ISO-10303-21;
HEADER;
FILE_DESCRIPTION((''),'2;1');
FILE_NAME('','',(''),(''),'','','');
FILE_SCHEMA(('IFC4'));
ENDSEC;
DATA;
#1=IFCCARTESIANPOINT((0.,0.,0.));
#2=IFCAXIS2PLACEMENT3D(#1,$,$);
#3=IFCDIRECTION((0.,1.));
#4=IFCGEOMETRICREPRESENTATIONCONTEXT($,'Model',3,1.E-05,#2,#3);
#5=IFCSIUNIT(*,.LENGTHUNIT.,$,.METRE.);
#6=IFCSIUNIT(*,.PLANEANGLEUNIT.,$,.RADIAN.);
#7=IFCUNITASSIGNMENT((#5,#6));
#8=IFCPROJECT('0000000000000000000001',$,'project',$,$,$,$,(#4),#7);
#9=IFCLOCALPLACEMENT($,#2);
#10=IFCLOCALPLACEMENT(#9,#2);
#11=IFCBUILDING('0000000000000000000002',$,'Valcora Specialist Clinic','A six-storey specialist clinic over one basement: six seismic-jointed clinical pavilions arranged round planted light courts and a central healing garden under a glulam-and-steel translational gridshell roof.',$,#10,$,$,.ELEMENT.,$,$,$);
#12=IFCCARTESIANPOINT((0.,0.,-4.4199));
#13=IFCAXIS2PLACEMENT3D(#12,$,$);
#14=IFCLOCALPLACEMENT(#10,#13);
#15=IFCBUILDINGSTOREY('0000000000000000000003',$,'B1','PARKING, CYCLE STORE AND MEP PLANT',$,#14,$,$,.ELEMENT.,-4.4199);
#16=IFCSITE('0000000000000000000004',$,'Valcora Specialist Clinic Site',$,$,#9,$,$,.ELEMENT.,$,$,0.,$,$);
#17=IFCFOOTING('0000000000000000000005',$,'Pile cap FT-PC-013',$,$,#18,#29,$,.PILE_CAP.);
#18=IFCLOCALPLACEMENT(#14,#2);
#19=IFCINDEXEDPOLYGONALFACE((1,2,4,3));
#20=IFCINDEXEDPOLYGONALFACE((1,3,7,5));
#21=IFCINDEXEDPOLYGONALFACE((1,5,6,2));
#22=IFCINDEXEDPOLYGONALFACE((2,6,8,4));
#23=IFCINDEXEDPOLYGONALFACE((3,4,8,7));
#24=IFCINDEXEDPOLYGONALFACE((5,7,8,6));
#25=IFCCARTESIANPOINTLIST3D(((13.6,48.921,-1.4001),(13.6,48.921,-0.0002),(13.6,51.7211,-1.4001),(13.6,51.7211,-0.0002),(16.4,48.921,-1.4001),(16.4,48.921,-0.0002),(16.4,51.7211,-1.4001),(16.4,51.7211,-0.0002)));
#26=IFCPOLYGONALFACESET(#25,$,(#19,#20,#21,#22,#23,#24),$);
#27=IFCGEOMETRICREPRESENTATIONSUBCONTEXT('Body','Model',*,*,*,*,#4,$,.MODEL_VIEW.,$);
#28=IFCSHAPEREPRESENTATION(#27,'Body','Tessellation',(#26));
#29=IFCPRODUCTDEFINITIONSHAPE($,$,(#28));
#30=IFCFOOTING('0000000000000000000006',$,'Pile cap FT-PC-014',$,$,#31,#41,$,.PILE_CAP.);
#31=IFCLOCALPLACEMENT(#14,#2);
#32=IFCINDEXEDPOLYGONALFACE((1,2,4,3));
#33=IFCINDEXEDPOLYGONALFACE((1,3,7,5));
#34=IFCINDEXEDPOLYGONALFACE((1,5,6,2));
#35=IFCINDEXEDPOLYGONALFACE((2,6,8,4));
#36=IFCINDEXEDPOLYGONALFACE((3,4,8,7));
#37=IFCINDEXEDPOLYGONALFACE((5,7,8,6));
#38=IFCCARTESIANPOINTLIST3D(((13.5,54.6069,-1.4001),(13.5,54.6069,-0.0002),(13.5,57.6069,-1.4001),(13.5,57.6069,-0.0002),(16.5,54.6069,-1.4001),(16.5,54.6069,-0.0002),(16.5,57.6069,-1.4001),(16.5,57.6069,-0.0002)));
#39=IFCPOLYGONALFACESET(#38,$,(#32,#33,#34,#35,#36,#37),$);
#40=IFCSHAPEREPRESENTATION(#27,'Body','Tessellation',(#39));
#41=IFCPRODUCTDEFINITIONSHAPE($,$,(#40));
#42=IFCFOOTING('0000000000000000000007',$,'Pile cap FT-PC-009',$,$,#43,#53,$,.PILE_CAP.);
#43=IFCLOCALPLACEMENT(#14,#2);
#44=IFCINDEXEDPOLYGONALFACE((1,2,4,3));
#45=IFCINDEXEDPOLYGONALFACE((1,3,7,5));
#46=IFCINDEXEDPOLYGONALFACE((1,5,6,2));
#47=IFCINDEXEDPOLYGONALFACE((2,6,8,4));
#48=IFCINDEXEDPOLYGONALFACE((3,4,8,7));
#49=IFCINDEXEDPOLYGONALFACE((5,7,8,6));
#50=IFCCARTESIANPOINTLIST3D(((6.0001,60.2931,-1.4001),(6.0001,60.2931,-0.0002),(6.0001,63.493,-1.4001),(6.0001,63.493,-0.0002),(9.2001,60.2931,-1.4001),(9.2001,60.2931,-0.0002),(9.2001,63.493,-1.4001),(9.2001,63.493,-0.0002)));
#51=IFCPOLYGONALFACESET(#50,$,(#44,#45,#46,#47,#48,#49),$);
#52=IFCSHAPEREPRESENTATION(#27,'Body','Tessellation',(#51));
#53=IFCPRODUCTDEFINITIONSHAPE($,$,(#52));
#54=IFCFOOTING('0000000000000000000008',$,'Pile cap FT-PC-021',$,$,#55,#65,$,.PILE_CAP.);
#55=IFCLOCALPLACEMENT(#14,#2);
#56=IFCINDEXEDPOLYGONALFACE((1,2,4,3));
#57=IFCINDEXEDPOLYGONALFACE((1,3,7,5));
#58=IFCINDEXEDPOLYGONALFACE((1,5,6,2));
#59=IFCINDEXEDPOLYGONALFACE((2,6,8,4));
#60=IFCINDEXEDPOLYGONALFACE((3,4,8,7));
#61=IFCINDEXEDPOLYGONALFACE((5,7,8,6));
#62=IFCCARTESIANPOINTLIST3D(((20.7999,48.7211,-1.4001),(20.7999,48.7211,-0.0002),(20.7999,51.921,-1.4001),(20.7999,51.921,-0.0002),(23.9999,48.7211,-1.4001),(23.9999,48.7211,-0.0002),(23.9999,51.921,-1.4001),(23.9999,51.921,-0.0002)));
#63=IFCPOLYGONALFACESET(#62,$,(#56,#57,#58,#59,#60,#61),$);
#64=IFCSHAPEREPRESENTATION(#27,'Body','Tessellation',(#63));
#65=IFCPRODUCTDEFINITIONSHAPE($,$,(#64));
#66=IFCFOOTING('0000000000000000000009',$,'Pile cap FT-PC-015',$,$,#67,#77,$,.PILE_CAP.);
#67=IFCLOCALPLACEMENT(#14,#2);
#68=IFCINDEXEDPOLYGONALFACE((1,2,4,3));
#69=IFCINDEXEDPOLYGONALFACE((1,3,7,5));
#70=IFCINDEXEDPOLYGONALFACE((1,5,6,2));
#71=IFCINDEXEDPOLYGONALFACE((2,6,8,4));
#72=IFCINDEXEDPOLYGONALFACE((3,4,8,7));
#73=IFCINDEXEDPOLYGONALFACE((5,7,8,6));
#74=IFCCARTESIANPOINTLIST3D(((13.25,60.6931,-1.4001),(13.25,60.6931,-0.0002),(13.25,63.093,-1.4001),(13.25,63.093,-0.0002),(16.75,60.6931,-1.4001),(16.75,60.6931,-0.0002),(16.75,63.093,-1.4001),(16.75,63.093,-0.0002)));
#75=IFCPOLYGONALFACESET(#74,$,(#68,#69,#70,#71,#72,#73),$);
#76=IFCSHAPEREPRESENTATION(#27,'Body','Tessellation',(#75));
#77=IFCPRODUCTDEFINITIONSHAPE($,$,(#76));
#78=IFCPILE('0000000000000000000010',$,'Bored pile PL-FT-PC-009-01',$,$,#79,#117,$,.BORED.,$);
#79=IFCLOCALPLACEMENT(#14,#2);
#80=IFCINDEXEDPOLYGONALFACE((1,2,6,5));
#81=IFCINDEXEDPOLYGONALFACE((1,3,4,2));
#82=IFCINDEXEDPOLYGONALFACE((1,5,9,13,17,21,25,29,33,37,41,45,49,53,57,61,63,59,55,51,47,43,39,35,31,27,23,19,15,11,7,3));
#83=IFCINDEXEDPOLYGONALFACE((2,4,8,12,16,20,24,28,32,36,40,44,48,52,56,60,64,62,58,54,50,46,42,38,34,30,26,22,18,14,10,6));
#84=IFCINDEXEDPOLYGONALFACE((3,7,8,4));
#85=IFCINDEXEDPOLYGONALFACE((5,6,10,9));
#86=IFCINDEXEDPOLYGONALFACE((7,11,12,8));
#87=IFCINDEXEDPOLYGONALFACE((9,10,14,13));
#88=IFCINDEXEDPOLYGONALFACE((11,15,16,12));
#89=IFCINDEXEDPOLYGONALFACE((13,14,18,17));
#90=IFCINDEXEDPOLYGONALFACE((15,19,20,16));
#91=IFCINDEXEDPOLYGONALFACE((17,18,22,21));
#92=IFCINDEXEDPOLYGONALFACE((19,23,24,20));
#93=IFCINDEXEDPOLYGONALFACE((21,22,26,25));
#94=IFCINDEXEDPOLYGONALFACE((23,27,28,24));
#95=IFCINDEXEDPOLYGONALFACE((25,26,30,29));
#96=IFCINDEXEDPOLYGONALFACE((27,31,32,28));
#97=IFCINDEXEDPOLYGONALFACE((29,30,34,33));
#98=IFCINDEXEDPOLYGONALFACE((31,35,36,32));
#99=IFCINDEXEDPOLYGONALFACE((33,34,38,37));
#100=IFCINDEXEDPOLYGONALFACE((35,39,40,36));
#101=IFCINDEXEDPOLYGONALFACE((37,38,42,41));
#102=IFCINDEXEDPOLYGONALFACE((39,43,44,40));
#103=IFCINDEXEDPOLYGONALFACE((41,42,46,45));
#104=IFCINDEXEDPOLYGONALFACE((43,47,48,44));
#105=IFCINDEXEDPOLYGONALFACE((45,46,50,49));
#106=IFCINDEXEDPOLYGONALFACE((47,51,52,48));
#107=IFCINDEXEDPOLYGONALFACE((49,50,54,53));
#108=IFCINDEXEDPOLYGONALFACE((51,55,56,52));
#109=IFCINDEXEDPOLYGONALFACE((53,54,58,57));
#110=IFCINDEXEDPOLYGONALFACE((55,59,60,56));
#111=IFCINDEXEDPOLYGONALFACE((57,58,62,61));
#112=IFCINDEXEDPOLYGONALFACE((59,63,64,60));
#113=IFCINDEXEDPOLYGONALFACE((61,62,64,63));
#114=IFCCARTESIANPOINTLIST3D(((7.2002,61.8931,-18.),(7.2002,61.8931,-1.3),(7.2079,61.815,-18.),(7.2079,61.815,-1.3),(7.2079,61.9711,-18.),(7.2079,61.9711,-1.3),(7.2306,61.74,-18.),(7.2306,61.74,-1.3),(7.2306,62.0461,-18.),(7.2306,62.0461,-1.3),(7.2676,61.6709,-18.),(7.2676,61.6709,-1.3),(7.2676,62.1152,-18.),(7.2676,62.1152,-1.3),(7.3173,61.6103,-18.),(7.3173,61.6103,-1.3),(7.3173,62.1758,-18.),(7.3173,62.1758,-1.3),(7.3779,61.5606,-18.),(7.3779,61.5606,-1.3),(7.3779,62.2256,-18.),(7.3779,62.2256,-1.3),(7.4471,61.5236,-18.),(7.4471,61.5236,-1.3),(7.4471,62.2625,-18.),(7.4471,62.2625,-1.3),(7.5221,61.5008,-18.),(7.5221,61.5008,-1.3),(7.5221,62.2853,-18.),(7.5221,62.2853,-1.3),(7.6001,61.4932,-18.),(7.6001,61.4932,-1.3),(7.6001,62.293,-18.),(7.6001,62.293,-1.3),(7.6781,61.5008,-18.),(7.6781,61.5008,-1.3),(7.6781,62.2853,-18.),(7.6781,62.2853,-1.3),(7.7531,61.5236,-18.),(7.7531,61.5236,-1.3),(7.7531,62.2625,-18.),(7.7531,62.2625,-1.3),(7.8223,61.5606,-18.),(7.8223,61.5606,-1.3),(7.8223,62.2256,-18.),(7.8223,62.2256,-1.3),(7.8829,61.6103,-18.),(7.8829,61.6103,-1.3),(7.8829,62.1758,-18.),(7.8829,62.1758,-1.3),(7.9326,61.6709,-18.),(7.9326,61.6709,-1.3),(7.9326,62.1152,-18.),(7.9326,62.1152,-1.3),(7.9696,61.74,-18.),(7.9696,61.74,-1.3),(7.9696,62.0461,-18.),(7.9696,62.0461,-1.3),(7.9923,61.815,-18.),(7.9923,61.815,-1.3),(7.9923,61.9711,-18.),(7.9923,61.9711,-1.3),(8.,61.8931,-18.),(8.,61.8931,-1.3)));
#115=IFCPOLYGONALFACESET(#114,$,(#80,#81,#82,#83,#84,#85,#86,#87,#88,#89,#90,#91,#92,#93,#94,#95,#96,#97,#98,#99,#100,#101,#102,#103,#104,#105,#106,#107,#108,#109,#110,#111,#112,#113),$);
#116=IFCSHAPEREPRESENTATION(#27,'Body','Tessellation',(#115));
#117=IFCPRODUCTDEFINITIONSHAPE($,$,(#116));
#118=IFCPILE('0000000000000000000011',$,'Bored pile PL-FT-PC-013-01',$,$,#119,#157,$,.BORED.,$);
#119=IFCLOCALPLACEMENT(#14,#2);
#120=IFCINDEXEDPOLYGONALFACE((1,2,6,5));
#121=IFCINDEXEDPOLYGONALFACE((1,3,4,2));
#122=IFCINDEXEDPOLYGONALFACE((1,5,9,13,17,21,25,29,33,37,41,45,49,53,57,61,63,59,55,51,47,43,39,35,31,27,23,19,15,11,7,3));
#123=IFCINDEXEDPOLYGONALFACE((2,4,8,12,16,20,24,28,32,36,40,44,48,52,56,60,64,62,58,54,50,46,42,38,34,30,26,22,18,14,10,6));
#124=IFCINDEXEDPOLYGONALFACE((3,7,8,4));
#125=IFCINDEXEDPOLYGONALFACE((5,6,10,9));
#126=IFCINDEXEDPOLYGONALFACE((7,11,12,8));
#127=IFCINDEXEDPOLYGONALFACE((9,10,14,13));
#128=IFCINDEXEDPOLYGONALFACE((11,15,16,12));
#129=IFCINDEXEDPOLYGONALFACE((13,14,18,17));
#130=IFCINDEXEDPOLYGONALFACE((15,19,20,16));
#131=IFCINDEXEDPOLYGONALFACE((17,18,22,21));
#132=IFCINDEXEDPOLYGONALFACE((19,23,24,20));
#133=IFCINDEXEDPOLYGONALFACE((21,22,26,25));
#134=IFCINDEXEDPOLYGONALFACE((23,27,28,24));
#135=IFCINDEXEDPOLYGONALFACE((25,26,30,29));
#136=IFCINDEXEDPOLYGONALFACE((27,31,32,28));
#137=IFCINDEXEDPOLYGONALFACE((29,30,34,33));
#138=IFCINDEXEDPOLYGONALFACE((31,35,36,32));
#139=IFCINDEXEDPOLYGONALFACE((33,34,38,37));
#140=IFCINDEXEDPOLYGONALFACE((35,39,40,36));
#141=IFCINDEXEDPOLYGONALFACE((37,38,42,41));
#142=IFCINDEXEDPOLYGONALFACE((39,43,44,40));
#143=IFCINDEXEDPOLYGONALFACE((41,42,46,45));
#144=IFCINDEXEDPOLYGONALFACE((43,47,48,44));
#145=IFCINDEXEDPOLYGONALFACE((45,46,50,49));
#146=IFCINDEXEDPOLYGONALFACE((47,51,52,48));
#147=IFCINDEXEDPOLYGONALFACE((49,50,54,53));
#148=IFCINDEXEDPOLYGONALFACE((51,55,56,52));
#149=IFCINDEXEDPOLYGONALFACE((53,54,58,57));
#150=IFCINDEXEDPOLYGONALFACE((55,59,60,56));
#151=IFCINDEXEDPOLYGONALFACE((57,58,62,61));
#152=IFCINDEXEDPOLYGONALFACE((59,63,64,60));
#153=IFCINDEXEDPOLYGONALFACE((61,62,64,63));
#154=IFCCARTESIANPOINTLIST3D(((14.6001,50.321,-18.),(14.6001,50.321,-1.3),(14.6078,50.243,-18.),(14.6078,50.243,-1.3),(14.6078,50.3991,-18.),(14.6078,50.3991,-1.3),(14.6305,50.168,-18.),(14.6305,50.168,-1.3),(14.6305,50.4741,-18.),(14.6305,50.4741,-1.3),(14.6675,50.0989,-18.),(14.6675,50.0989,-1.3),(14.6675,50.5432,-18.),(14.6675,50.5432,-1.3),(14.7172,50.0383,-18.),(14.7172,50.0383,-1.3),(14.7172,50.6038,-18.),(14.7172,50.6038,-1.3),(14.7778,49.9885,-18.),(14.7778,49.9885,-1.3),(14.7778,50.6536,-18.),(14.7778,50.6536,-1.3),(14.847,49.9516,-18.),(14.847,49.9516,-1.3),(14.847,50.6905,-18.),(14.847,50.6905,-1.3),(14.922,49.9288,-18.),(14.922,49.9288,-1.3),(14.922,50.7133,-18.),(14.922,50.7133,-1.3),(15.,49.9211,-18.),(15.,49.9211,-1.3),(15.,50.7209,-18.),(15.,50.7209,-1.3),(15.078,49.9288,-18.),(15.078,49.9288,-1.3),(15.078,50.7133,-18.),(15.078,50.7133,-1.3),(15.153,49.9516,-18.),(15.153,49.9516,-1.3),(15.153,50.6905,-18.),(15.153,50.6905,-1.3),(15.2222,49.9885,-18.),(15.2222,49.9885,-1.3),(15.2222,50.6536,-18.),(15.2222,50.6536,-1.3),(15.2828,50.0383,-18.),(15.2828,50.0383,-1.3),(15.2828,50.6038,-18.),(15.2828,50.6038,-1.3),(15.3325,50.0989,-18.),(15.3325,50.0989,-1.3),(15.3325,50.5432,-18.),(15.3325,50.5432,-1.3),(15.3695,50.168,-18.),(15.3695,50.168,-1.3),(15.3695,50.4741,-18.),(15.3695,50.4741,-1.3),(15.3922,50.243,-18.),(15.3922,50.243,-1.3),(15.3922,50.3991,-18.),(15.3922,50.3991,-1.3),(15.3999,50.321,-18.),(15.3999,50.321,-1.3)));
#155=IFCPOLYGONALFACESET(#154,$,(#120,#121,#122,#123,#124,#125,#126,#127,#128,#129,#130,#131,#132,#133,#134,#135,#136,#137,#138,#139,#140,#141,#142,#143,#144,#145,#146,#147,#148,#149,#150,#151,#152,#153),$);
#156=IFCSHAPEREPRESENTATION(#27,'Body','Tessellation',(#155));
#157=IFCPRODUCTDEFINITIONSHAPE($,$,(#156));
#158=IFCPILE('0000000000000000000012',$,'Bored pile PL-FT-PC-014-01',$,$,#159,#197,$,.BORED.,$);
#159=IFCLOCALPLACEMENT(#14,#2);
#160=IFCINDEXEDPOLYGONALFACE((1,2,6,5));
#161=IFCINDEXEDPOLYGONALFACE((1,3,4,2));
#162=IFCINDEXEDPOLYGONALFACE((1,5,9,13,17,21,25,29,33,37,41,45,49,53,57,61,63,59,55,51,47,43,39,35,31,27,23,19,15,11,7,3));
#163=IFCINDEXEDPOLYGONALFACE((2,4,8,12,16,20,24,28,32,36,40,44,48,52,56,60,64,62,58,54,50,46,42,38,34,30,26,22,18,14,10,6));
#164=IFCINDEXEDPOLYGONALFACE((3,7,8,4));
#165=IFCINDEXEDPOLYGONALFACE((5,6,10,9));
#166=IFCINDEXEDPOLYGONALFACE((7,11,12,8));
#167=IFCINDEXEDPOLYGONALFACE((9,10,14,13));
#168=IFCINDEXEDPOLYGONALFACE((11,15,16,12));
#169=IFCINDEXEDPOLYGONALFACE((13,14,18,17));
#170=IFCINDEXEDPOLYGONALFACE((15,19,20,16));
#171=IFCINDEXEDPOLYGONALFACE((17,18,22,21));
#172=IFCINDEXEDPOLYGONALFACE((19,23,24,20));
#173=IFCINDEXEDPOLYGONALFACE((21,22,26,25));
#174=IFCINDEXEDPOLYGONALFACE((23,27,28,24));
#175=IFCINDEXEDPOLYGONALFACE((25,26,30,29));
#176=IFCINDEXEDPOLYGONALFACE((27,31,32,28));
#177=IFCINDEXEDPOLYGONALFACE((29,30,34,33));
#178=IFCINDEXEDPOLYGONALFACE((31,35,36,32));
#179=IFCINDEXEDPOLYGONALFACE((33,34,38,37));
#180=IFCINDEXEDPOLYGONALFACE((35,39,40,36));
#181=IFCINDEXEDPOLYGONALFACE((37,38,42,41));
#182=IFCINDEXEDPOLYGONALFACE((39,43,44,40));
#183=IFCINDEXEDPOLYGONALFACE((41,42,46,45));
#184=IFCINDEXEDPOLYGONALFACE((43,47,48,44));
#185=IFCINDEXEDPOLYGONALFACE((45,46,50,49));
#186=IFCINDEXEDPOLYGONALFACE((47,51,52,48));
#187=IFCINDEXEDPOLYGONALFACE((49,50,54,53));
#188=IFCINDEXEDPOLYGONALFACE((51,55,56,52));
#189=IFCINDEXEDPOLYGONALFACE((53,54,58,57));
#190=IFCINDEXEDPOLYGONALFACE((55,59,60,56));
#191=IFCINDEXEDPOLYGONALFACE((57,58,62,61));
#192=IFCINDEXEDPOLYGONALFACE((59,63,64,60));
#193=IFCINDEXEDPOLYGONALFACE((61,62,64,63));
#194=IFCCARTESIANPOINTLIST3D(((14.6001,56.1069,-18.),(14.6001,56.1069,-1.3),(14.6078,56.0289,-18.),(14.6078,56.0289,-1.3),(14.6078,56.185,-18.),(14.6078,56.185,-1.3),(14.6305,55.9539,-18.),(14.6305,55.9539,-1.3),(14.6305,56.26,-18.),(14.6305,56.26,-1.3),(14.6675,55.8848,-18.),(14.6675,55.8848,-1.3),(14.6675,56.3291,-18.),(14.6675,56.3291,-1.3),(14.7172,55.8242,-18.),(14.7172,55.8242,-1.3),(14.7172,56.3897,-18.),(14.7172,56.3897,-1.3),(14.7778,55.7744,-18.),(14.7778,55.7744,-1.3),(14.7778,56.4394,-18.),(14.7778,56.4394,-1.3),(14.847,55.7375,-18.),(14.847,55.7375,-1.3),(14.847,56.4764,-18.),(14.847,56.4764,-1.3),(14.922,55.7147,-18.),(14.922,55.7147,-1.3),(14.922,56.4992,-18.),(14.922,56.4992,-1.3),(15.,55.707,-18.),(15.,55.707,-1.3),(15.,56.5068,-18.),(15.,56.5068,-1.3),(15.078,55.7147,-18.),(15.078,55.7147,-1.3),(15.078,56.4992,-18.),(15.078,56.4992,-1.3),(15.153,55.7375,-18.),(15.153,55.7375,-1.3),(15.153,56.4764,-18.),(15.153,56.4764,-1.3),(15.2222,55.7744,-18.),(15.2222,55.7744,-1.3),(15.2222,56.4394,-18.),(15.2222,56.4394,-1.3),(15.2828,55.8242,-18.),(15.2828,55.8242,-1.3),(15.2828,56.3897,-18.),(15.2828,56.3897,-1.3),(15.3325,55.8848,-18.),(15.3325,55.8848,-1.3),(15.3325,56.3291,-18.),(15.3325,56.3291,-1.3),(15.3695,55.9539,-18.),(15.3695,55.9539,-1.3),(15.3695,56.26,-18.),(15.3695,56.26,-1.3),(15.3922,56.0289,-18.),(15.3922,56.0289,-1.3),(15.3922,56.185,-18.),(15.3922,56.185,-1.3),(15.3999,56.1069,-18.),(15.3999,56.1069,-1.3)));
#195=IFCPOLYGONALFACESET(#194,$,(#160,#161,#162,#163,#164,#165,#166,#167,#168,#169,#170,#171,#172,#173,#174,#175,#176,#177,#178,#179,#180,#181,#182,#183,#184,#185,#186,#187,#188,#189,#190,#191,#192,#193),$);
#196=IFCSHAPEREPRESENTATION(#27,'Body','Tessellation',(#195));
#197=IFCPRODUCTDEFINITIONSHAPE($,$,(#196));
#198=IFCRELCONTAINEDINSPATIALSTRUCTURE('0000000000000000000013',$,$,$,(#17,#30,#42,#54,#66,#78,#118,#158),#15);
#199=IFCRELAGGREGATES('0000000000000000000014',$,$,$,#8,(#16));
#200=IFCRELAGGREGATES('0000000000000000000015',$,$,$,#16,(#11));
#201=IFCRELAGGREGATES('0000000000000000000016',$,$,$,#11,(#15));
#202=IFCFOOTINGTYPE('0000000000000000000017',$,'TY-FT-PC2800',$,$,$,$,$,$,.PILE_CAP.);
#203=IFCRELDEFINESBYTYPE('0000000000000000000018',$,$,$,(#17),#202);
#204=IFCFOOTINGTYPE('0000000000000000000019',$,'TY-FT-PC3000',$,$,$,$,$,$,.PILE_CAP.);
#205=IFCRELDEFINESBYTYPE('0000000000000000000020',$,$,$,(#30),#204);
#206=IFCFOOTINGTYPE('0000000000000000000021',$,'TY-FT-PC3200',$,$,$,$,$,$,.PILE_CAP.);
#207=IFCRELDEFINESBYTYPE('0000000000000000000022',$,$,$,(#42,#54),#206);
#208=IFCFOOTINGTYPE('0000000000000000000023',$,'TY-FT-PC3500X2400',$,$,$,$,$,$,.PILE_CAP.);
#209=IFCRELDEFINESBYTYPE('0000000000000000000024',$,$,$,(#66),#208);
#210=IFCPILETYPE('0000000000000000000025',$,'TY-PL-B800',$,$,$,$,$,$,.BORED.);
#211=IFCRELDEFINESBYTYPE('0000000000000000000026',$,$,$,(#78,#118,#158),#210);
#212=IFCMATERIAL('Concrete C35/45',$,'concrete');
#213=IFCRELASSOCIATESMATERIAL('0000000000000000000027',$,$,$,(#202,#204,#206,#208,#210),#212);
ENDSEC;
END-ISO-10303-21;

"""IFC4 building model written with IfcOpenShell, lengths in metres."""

from ifc_helpers import new_model, si_unit, direction, frame, origin, origin_2d, place, context, subcontext, project, spatial, rectangle, circle, extrude, material, material_profile, profile_set, type_object, element, save


model = new_model("IFC4")

# Units and contexts
model_context = context("Model", 3, precision=1e-05, world=origin(), true_north=direction((0.0, 1.0)))
body_context = subcontext(model_context, "Body", "Model", "MODEL_VIEW")
ifc_project = project(units=[si_unit("LENGTHUNIT", "METRE"), si_unit("PLANEANGLEUNIT", "RADIAN")], contexts=[model_context])

# Site, building, storey
site_placement = place(None, origin())
site = spatial("IfcSite", under=ifc_project, at=site_placement, Name="Valcora Specialist Clinic Site", CompositionType="ELEMENT", RefElevation=0.0)
building_placement = place(site_placement, origin())
building = spatial("IfcBuilding", under=site, at=building_placement, Name="Valcora Specialist Clinic", Description="A six-storey specialist clinic over one basement: six seismic-jointed clinical pavilions arranged round planted light courts and a central healing garden under a glulam-and-steel translational gridshell roof.", CompositionType="ELEMENT")
storey_placement = place(building_placement, frame((0.0, 0.0, -4.4199)))
storey = spatial("IfcBuildingStorey", under=building, at=storey_placement, Name="B1", Description="PARKING, CYCLE STORE AND MEP PLANT", CompositionType="ELEMENT", Elevation=-4.4199)

# Footings
ifc_material_1 = material(Name="Concrete C35/45", Category="concrete")
footing_type_1 = type_object("IfcFootingType", Name="TY-FT-PC2800", PredefinedType="PILE_CAP", material=ifc_material_1)
footing_1_placement = place(storey_placement, frame((15.0, 50.321, -1.4001), z_axis=(0.0, 0.0, 1.0), x_axis=(1.0, 0.0, 0.0)))
element("IfcFooting", 1, at=footing_1_placement, inside=storey, type_object=footing_type_1, Name="Pile cap FT-PC-013", PredefinedType="PILE_CAP", context=body_context, shape_type="SweptSolid", body=[
    extrude(rectangle(XDim=2.8, YDim=2.8, at=origin_2d()), origin(), (0.0, 0.0, 1.0), 1.3999),
])
footing_type_2 = type_object("IfcFootingType", Name="TY-FT-PC3000", PredefinedType="PILE_CAP", material=ifc_material_1)
footing_2_placement = place(storey_placement, frame((15.0, 56.1069, -1.4001), z_axis=(0.0, 0.0, 1.0), x_axis=(1.0, 0.0, 0.0)))
element("IfcFooting", 2, at=footing_2_placement, inside=storey, type_object=footing_type_2, Name="Pile cap FT-PC-014", PredefinedType="PILE_CAP", context=body_context, shape_type="SweptSolid", body=[
    extrude(rectangle(XDim=3.0, YDim=3.0, at=origin_2d()), origin(), (0.0, 0.0, 1.0), 1.3999),
])
footing_type_3 = type_object("IfcFootingType", Name="TY-FT-PC3200", PredefinedType="PILE_CAP", material=ifc_material_1)
for number, where, z_axis, x_axis, name in (
    (3, (7.6001, 61.8931, -1.4001), (0.0, 0.0, 1.0), (1.0, 0.0, 0.0), "Pile cap FT-PC-009"),
    (4, (22.3999, 50.321, -1.4001), (0.0, 0.0, 1.0), (1.0, 0.0, 0.0), "Pile cap FT-PC-021"),
):
    element("IfcFooting", number, at=place(storey_placement, frame(where, z_axis=z_axis, x_axis=x_axis)), inside=storey, type_object=footing_type_3, Name=name, PredefinedType="PILE_CAP", context=body_context, shape_type="SweptSolid", body=[
        extrude(rectangle(XDim=3.2, YDim=3.2, at=origin_2d()), origin(), (0.0, 0.0, 1.0), 1.3999),
    ])
footing_type_4 = type_object("IfcFootingType", Name="TY-FT-PC3500X2400", PredefinedType="PILE_CAP", material=ifc_material_1)
footing_3_placement = place(storey_placement, frame((15.0, 61.8931, -1.4001), z_axis=(0.0, 0.0, 1.0), x_axis=(1.0, 0.0, 0.0)))
element("IfcFooting", 5, at=footing_3_placement, inside=storey, type_object=footing_type_4, Name="Pile cap FT-PC-015", PredefinedType="PILE_CAP", context=body_context, shape_type="SweptSolid", body=[
    extrude(rectangle(XDim=3.5, YDim=2.3999, at=origin_2d()), origin(), (0.0, 0.0, 1.0), 1.3999),
])

# Piles
ifc_material_profile_1 = material_profile(ifc_material_1, circle(Radius=0.3999, at=origin_2d()), Name="RC-PIL-D800")
ifc_profile_set_1 = profile_set([ifc_material_profile_1], Name="Concrete C35/45")
pile_type_1 = type_object("IfcPileType", Name="TY-PL-B800", PredefinedType="BORED", material=ifc_profile_set_1)
for number, where, z_axis, x_axis, name in (
    (6, (7.6001, 61.8931, -1.3), (0.0, 0.0, -1.0), (1.0, 0.0, 0.0), "Bored pile PL-FT-PC-009-01"),
    (7, (15.0, 50.321, -1.3), (0.0, 0.0, -1.0), (1.0, 0.0, 0.0), "Bored pile PL-FT-PC-013-01"),
    (8, (15.0, 56.1069, -1.3), (0.0, 0.0, -1.0), (1.0, 0.0, 0.0), "Bored pile PL-FT-PC-014-01"),
):
    element("IfcPile", number, at=place(storey_placement, frame(where, z_axis=z_axis, x_axis=x_axis)), inside=storey, type_object=pile_type_1, Name=name, PredefinedType="BORED", context=body_context, shape_type="SweptSolid", body=[
        extrude(circle(Radius=0.3999, at=origin_2d()), origin(), (0.0, 0.0, 1.0), 16.7),
    ])

save(model, "model.ifc")
